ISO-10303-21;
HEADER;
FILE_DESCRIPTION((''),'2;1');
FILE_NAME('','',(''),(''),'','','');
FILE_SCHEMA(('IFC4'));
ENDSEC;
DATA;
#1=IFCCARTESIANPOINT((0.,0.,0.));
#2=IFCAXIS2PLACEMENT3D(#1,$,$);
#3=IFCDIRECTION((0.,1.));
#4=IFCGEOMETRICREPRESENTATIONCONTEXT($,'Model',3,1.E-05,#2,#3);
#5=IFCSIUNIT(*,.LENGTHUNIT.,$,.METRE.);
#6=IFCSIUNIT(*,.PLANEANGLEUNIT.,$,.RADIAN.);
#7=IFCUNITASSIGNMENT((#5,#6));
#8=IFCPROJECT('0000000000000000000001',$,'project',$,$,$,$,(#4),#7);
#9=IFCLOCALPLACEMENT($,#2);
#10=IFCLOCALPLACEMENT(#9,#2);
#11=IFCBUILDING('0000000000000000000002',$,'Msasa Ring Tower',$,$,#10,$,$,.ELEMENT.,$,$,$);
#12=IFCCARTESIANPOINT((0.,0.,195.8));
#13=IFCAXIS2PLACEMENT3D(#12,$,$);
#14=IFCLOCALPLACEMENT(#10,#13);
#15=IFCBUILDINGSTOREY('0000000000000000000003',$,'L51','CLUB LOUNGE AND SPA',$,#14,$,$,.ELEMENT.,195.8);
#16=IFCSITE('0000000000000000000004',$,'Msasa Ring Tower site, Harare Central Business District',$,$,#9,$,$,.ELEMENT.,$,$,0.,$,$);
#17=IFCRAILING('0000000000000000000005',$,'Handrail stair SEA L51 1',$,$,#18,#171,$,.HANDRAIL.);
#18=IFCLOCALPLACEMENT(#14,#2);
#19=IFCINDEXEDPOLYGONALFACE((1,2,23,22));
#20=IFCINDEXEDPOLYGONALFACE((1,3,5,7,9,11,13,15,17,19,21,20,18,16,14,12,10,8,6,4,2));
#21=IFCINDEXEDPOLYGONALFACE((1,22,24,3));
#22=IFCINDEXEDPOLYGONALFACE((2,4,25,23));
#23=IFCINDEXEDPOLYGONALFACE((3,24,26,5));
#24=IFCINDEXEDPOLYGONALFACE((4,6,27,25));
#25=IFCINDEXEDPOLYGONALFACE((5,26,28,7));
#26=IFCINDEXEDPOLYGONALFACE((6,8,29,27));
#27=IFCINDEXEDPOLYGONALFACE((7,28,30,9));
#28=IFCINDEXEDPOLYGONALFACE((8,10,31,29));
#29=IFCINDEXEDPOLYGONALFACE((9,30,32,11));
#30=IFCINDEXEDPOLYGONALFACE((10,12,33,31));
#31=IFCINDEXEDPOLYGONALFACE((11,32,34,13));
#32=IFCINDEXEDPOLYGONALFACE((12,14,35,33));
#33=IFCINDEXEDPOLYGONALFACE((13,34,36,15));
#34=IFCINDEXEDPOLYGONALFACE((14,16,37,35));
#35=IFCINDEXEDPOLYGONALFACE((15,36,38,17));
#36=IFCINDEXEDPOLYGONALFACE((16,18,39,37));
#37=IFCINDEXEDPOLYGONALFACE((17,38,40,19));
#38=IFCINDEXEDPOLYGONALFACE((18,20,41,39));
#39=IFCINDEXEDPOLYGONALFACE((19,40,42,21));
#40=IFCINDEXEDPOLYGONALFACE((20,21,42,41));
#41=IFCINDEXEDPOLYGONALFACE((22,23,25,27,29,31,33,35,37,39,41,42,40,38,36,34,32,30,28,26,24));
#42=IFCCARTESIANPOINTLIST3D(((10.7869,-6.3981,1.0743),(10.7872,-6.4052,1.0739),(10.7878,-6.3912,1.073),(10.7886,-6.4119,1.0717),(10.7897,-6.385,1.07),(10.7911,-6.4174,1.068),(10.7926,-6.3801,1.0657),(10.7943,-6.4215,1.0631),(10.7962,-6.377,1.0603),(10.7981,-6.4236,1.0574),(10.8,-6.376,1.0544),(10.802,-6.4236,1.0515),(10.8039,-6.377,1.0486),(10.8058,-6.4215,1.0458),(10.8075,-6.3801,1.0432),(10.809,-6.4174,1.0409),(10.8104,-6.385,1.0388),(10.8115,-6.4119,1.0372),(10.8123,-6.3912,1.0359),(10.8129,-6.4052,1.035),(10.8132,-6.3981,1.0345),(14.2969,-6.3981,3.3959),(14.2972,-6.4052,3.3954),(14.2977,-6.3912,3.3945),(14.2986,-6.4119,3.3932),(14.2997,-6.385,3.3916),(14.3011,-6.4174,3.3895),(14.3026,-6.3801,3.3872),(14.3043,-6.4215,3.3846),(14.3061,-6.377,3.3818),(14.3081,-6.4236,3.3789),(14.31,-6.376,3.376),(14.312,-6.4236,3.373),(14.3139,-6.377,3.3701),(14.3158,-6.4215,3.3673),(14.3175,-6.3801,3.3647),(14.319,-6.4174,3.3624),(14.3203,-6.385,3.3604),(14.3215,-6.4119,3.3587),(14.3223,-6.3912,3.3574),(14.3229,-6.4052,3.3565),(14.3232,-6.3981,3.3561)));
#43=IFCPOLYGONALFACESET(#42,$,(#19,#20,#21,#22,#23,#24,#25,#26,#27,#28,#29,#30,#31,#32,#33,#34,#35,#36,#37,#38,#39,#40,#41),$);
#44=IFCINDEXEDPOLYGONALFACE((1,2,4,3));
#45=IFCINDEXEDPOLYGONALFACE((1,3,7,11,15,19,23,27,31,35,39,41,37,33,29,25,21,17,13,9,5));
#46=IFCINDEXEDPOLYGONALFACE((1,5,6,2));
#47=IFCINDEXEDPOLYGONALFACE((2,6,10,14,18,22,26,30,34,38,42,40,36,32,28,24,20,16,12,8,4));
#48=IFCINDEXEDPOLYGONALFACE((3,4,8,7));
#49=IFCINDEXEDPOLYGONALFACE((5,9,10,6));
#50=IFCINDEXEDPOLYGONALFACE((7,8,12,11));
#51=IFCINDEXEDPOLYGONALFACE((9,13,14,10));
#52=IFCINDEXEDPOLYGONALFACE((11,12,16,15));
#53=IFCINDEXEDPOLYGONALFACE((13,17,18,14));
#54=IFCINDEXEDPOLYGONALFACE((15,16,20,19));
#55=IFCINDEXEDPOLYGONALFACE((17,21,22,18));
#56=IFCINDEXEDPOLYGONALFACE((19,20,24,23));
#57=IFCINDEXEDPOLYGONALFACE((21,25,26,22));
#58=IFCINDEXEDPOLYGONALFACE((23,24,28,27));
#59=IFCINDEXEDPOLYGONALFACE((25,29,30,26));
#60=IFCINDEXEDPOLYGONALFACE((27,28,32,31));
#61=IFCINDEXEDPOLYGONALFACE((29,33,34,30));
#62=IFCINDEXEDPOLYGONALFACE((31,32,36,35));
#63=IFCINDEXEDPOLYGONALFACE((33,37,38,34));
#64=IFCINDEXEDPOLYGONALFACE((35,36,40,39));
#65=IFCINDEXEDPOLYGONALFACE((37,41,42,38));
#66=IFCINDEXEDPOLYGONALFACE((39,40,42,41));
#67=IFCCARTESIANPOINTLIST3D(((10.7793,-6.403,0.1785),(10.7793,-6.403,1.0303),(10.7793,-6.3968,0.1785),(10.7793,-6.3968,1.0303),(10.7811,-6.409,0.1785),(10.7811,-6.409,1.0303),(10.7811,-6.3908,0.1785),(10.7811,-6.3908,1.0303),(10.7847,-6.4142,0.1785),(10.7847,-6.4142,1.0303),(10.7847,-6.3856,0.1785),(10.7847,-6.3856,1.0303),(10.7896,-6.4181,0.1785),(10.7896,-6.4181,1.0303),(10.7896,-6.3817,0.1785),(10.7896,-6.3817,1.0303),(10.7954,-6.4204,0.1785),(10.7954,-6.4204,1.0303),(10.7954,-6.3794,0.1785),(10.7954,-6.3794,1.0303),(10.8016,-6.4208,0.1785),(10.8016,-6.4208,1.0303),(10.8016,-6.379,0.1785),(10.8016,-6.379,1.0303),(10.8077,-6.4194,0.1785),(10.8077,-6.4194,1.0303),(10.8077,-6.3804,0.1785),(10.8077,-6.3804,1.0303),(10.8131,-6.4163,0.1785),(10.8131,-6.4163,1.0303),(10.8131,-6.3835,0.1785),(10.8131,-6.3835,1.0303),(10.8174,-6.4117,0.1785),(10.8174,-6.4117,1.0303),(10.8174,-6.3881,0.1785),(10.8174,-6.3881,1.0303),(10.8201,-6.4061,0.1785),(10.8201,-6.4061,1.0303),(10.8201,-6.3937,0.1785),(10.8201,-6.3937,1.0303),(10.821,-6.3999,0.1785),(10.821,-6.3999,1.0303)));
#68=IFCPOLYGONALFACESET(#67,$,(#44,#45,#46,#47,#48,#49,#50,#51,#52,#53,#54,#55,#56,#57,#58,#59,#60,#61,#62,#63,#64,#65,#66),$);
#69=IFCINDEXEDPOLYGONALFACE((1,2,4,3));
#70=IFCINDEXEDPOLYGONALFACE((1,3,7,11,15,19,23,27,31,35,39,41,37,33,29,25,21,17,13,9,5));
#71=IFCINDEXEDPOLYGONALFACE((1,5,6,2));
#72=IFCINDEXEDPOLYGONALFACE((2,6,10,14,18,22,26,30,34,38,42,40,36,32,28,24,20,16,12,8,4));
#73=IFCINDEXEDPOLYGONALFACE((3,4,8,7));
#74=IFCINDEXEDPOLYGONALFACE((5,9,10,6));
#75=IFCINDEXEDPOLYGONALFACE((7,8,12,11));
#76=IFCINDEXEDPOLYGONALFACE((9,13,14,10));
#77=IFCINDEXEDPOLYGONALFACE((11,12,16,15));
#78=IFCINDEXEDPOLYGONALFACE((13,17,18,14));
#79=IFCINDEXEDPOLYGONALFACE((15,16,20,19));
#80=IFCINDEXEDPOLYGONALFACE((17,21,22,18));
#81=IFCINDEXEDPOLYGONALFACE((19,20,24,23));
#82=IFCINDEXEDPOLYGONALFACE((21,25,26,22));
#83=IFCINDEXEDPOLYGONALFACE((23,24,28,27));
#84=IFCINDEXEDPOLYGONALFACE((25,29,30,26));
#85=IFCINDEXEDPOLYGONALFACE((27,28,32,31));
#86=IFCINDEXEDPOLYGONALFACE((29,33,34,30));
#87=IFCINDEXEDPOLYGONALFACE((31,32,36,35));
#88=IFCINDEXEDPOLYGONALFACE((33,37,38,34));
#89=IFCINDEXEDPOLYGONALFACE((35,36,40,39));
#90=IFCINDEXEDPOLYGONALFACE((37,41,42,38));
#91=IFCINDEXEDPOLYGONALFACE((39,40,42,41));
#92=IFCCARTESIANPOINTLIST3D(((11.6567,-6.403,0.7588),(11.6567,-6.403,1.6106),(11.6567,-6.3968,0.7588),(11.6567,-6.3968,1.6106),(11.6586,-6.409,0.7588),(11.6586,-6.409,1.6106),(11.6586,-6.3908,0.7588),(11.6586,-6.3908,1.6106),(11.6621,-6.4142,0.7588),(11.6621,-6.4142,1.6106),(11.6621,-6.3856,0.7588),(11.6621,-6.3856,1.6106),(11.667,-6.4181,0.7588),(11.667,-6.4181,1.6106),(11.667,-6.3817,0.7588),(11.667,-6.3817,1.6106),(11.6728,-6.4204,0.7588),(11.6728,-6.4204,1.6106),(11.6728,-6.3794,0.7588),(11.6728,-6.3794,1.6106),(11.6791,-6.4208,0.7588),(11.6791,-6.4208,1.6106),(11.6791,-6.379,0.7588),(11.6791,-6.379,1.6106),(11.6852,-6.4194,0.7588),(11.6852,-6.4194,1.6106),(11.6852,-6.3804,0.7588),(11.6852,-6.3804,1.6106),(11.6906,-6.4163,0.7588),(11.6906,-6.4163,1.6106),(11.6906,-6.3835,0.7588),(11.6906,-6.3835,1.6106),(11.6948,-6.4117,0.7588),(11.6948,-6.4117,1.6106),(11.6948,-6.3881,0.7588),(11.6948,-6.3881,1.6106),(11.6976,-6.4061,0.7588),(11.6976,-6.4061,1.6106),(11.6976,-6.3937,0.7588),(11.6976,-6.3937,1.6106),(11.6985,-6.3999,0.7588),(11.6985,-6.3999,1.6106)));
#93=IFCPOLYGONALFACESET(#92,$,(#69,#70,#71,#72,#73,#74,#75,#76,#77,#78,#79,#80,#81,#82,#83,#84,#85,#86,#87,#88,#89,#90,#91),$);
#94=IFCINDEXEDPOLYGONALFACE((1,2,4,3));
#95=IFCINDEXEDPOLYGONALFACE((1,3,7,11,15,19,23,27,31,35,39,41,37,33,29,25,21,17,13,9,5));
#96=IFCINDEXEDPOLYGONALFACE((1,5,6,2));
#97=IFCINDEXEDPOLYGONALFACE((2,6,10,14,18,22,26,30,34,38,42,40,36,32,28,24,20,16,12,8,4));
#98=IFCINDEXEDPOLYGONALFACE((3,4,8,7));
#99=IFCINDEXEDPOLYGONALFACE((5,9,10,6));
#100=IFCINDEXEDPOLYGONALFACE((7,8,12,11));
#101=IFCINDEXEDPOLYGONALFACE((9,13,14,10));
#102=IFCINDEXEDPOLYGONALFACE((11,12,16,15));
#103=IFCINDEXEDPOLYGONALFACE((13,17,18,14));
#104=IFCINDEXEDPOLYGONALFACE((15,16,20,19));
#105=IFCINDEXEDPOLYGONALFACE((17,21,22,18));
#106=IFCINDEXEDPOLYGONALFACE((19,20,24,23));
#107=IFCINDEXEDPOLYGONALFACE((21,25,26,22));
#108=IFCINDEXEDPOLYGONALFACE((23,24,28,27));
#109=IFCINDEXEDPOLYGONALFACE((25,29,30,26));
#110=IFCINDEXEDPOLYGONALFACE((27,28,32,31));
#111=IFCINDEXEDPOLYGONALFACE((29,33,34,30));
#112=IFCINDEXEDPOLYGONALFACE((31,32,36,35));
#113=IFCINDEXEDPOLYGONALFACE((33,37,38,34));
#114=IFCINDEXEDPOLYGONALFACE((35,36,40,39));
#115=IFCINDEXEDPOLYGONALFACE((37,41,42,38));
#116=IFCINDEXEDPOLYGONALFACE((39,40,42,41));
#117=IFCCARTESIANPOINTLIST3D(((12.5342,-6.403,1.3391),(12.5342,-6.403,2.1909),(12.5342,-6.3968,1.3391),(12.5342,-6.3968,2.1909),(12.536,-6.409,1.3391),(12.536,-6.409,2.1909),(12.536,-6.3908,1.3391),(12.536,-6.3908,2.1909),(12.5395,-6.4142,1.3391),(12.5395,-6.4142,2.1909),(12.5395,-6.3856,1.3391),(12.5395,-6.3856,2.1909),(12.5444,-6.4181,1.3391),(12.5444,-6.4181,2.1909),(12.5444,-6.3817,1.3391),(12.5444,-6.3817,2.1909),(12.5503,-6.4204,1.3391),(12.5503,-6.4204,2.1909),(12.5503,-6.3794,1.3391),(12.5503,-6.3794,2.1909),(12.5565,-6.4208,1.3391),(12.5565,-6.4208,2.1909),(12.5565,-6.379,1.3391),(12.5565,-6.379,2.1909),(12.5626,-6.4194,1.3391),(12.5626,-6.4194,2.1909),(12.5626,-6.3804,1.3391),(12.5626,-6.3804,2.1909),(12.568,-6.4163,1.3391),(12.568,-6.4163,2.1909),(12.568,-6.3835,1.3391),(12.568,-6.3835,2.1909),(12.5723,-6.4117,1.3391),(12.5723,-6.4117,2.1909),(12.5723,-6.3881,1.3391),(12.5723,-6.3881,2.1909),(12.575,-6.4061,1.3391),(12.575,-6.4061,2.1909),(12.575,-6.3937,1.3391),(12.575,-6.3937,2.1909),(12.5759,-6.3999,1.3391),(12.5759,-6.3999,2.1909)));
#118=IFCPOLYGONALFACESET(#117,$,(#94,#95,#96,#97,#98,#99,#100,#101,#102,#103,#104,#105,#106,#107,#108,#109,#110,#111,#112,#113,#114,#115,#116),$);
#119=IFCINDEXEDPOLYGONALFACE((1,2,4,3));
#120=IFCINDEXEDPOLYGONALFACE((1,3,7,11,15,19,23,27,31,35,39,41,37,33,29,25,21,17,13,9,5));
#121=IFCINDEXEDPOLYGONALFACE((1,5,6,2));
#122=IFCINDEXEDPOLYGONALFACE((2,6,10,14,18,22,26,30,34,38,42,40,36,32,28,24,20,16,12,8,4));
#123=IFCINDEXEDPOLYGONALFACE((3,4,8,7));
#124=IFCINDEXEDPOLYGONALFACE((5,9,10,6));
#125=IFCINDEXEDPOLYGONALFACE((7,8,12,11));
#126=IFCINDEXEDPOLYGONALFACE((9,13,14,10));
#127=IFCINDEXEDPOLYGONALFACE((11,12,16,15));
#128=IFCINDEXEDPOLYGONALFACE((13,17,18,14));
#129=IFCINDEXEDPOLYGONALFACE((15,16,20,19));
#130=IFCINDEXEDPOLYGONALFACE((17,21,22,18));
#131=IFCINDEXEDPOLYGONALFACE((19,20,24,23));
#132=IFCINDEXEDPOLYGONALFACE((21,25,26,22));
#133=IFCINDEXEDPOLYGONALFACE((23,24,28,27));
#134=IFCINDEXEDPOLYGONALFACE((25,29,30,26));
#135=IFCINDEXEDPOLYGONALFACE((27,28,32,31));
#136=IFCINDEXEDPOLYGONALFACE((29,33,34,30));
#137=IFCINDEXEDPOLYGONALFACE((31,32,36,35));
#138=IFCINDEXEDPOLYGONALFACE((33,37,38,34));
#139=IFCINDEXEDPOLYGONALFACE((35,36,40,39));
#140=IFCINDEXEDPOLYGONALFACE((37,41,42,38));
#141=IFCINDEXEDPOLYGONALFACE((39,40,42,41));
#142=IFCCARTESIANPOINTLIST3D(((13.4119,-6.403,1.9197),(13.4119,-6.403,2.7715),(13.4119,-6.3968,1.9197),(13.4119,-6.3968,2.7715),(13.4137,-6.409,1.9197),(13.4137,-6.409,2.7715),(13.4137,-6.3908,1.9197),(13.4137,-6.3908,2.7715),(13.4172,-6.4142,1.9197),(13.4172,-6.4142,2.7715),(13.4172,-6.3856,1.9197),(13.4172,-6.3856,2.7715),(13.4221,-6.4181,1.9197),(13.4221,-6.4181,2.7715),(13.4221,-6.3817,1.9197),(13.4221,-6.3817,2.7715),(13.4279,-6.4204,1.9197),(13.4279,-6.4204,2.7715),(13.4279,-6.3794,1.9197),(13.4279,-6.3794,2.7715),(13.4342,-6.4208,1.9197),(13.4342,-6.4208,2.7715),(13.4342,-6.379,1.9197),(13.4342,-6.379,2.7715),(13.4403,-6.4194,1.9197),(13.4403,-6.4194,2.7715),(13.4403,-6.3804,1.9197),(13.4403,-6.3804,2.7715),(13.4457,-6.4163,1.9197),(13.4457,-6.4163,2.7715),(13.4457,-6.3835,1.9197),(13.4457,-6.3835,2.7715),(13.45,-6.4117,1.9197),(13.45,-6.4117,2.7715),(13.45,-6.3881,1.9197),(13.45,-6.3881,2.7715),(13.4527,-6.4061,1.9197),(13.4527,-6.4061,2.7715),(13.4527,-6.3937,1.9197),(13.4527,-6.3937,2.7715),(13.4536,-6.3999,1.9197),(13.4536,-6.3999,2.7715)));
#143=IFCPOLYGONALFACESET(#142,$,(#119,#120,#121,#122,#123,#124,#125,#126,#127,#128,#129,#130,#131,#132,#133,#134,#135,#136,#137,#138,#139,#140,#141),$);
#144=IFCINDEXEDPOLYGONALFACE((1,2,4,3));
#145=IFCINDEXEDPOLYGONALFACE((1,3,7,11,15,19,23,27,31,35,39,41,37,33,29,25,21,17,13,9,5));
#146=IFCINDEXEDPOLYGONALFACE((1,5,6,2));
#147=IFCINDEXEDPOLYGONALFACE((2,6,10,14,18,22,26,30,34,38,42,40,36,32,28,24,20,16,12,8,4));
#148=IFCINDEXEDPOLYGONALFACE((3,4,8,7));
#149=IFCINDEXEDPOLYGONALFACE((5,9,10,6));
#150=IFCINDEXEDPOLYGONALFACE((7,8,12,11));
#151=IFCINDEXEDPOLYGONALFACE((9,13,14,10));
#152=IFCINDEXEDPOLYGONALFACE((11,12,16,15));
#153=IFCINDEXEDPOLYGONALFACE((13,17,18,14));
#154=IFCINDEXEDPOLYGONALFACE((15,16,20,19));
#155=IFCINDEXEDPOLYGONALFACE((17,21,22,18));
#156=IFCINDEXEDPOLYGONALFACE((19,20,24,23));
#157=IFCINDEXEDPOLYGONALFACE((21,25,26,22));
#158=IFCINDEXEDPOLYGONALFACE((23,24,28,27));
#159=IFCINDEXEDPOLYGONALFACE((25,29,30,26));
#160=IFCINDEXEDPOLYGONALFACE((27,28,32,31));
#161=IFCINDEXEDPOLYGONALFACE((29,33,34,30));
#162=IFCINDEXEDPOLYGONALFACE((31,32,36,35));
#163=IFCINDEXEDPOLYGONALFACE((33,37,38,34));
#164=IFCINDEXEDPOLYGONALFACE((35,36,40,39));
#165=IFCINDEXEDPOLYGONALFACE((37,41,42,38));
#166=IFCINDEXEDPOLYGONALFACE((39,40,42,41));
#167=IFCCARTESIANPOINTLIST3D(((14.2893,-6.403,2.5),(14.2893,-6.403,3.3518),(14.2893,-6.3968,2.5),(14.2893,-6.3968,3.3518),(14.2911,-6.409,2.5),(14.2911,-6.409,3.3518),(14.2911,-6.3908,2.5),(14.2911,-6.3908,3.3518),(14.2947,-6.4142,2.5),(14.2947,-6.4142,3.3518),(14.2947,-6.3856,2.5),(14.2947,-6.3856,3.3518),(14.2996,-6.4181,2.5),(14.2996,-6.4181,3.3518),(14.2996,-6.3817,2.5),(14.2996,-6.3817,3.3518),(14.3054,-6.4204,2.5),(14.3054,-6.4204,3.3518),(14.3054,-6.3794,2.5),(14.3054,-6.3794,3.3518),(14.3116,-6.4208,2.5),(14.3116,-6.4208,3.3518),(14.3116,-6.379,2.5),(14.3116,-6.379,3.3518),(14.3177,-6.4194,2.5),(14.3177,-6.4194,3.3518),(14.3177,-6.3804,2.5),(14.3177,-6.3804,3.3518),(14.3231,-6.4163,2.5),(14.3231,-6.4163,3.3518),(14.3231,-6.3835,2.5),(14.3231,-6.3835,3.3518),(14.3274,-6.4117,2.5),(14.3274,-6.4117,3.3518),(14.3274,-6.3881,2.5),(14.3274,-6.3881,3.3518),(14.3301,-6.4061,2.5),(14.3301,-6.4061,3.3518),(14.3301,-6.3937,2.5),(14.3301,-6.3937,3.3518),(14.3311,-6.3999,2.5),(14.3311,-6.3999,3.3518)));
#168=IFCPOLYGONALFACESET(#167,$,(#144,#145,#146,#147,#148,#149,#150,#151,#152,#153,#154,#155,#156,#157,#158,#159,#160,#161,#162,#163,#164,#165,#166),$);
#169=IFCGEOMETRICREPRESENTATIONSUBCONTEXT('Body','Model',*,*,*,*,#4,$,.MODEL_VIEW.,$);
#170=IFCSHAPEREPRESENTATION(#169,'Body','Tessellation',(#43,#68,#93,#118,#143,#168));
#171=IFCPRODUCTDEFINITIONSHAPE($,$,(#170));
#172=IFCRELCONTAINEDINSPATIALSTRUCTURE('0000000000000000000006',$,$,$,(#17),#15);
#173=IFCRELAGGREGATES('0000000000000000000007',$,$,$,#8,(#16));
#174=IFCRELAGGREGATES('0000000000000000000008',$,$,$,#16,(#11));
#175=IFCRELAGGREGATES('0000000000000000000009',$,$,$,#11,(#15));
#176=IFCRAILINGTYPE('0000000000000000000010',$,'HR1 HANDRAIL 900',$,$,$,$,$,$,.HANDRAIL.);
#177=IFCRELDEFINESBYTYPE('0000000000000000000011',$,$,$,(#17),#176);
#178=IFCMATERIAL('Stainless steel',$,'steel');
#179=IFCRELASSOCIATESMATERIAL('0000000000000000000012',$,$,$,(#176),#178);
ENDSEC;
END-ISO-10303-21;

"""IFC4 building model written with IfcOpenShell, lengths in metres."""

from ifc_helpers import new_model, si_unit, direction, frame, origin, origin_2d, place, context, subcontext, project, spatial, circle, extrude, material, type_object, element, save


model = new_model("IFC4")

# Units and contexts
model_context = context("Model", 3, precision=1e-05, world=origin(), true_north=direction((0.0, 1.0)))
body_context = subcontext(model_context, "Body", "Model", "MODEL_VIEW")
ifc_project = project(units=[si_unit("LENGTHUNIT", "METRE"), si_unit("PLANEANGLEUNIT", "RADIAN")], contexts=[model_context])

# Site, building, storey
site_placement = place(None, origin())
site = spatial("IfcSite", under=ifc_project, at=site_placement, Name="Msasa Ring Tower site, Harare Central Business District", CompositionType="ELEMENT", RefElevation=0.0)
building_placement = place(site_placement, origin())
building = spatial("IfcBuilding", under=site, at=building_placement, Name="Msasa Ring Tower", CompositionType="ELEMENT")
storey_placement = place(building_placement, frame((0.0, 0.0, 195.8)))
storey = spatial("IfcBuildingStorey", under=building, at=storey_placement, Name="L51", Description="CLUB LOUNGE AND SPA", CompositionType="ELEMENT", Elevation=195.8)

# Railing
ifc_material_1 = material(Name="Stainless steel", Category="steel")
railing_type = type_object("IfcRailingType", Name="HR1 HANDRAIL 900", PredefinedType="HANDRAIL", material=ifc_material_1)
for number, where, name in (
    (1, (10.8, -6.3999, 0.1785), "Handrail stair SEA L51 1"),
):
    element("IfcRailing", number, at=place(storey_placement, frame(where)), inside=storey, type_object=railing_type, Name=name, PredefinedType="HANDRAIL", context=body_context, shape_type="SweptSolid", body=[
        extrude(circle(Radius=0.0239, at=origin_2d()), frame((0.0, 0.0, 0.876), z_axis=(0.834071, 0.0, 0.551657), x_axis=(0.0, 1.0, 0.0)), (0.0, 0.0, 1.0), 4.2083),
        extrude(circle(Radius=0.021, at=origin_2d()), origin(), (0.0, 0.0, 1.0), 0.8518),
        extrude(circle(Radius=0.021, at=origin_2d()), frame((0.8774, 0.0, 0.5803)), (0.0, 0.0, 1.0), 0.8518),
        extrude(circle(Radius=0.021, at=origin_2d()), frame((1.7549, 0.0, 1.1606)), (0.0, 0.0, 1.0), 0.8518),
        extrude(circle(Radius=0.021, at=origin_2d()), frame((2.6326, 0.0, 1.7412)), (0.0, 0.0, 1.0), 0.8518),
        extrude(circle(Radius=0.021, at=origin_2d()), frame((3.51, 0.0, 2.3215)), (0.0, 0.0, 1.0), 0.8518),
    ])

save(model, "model.ifc")
